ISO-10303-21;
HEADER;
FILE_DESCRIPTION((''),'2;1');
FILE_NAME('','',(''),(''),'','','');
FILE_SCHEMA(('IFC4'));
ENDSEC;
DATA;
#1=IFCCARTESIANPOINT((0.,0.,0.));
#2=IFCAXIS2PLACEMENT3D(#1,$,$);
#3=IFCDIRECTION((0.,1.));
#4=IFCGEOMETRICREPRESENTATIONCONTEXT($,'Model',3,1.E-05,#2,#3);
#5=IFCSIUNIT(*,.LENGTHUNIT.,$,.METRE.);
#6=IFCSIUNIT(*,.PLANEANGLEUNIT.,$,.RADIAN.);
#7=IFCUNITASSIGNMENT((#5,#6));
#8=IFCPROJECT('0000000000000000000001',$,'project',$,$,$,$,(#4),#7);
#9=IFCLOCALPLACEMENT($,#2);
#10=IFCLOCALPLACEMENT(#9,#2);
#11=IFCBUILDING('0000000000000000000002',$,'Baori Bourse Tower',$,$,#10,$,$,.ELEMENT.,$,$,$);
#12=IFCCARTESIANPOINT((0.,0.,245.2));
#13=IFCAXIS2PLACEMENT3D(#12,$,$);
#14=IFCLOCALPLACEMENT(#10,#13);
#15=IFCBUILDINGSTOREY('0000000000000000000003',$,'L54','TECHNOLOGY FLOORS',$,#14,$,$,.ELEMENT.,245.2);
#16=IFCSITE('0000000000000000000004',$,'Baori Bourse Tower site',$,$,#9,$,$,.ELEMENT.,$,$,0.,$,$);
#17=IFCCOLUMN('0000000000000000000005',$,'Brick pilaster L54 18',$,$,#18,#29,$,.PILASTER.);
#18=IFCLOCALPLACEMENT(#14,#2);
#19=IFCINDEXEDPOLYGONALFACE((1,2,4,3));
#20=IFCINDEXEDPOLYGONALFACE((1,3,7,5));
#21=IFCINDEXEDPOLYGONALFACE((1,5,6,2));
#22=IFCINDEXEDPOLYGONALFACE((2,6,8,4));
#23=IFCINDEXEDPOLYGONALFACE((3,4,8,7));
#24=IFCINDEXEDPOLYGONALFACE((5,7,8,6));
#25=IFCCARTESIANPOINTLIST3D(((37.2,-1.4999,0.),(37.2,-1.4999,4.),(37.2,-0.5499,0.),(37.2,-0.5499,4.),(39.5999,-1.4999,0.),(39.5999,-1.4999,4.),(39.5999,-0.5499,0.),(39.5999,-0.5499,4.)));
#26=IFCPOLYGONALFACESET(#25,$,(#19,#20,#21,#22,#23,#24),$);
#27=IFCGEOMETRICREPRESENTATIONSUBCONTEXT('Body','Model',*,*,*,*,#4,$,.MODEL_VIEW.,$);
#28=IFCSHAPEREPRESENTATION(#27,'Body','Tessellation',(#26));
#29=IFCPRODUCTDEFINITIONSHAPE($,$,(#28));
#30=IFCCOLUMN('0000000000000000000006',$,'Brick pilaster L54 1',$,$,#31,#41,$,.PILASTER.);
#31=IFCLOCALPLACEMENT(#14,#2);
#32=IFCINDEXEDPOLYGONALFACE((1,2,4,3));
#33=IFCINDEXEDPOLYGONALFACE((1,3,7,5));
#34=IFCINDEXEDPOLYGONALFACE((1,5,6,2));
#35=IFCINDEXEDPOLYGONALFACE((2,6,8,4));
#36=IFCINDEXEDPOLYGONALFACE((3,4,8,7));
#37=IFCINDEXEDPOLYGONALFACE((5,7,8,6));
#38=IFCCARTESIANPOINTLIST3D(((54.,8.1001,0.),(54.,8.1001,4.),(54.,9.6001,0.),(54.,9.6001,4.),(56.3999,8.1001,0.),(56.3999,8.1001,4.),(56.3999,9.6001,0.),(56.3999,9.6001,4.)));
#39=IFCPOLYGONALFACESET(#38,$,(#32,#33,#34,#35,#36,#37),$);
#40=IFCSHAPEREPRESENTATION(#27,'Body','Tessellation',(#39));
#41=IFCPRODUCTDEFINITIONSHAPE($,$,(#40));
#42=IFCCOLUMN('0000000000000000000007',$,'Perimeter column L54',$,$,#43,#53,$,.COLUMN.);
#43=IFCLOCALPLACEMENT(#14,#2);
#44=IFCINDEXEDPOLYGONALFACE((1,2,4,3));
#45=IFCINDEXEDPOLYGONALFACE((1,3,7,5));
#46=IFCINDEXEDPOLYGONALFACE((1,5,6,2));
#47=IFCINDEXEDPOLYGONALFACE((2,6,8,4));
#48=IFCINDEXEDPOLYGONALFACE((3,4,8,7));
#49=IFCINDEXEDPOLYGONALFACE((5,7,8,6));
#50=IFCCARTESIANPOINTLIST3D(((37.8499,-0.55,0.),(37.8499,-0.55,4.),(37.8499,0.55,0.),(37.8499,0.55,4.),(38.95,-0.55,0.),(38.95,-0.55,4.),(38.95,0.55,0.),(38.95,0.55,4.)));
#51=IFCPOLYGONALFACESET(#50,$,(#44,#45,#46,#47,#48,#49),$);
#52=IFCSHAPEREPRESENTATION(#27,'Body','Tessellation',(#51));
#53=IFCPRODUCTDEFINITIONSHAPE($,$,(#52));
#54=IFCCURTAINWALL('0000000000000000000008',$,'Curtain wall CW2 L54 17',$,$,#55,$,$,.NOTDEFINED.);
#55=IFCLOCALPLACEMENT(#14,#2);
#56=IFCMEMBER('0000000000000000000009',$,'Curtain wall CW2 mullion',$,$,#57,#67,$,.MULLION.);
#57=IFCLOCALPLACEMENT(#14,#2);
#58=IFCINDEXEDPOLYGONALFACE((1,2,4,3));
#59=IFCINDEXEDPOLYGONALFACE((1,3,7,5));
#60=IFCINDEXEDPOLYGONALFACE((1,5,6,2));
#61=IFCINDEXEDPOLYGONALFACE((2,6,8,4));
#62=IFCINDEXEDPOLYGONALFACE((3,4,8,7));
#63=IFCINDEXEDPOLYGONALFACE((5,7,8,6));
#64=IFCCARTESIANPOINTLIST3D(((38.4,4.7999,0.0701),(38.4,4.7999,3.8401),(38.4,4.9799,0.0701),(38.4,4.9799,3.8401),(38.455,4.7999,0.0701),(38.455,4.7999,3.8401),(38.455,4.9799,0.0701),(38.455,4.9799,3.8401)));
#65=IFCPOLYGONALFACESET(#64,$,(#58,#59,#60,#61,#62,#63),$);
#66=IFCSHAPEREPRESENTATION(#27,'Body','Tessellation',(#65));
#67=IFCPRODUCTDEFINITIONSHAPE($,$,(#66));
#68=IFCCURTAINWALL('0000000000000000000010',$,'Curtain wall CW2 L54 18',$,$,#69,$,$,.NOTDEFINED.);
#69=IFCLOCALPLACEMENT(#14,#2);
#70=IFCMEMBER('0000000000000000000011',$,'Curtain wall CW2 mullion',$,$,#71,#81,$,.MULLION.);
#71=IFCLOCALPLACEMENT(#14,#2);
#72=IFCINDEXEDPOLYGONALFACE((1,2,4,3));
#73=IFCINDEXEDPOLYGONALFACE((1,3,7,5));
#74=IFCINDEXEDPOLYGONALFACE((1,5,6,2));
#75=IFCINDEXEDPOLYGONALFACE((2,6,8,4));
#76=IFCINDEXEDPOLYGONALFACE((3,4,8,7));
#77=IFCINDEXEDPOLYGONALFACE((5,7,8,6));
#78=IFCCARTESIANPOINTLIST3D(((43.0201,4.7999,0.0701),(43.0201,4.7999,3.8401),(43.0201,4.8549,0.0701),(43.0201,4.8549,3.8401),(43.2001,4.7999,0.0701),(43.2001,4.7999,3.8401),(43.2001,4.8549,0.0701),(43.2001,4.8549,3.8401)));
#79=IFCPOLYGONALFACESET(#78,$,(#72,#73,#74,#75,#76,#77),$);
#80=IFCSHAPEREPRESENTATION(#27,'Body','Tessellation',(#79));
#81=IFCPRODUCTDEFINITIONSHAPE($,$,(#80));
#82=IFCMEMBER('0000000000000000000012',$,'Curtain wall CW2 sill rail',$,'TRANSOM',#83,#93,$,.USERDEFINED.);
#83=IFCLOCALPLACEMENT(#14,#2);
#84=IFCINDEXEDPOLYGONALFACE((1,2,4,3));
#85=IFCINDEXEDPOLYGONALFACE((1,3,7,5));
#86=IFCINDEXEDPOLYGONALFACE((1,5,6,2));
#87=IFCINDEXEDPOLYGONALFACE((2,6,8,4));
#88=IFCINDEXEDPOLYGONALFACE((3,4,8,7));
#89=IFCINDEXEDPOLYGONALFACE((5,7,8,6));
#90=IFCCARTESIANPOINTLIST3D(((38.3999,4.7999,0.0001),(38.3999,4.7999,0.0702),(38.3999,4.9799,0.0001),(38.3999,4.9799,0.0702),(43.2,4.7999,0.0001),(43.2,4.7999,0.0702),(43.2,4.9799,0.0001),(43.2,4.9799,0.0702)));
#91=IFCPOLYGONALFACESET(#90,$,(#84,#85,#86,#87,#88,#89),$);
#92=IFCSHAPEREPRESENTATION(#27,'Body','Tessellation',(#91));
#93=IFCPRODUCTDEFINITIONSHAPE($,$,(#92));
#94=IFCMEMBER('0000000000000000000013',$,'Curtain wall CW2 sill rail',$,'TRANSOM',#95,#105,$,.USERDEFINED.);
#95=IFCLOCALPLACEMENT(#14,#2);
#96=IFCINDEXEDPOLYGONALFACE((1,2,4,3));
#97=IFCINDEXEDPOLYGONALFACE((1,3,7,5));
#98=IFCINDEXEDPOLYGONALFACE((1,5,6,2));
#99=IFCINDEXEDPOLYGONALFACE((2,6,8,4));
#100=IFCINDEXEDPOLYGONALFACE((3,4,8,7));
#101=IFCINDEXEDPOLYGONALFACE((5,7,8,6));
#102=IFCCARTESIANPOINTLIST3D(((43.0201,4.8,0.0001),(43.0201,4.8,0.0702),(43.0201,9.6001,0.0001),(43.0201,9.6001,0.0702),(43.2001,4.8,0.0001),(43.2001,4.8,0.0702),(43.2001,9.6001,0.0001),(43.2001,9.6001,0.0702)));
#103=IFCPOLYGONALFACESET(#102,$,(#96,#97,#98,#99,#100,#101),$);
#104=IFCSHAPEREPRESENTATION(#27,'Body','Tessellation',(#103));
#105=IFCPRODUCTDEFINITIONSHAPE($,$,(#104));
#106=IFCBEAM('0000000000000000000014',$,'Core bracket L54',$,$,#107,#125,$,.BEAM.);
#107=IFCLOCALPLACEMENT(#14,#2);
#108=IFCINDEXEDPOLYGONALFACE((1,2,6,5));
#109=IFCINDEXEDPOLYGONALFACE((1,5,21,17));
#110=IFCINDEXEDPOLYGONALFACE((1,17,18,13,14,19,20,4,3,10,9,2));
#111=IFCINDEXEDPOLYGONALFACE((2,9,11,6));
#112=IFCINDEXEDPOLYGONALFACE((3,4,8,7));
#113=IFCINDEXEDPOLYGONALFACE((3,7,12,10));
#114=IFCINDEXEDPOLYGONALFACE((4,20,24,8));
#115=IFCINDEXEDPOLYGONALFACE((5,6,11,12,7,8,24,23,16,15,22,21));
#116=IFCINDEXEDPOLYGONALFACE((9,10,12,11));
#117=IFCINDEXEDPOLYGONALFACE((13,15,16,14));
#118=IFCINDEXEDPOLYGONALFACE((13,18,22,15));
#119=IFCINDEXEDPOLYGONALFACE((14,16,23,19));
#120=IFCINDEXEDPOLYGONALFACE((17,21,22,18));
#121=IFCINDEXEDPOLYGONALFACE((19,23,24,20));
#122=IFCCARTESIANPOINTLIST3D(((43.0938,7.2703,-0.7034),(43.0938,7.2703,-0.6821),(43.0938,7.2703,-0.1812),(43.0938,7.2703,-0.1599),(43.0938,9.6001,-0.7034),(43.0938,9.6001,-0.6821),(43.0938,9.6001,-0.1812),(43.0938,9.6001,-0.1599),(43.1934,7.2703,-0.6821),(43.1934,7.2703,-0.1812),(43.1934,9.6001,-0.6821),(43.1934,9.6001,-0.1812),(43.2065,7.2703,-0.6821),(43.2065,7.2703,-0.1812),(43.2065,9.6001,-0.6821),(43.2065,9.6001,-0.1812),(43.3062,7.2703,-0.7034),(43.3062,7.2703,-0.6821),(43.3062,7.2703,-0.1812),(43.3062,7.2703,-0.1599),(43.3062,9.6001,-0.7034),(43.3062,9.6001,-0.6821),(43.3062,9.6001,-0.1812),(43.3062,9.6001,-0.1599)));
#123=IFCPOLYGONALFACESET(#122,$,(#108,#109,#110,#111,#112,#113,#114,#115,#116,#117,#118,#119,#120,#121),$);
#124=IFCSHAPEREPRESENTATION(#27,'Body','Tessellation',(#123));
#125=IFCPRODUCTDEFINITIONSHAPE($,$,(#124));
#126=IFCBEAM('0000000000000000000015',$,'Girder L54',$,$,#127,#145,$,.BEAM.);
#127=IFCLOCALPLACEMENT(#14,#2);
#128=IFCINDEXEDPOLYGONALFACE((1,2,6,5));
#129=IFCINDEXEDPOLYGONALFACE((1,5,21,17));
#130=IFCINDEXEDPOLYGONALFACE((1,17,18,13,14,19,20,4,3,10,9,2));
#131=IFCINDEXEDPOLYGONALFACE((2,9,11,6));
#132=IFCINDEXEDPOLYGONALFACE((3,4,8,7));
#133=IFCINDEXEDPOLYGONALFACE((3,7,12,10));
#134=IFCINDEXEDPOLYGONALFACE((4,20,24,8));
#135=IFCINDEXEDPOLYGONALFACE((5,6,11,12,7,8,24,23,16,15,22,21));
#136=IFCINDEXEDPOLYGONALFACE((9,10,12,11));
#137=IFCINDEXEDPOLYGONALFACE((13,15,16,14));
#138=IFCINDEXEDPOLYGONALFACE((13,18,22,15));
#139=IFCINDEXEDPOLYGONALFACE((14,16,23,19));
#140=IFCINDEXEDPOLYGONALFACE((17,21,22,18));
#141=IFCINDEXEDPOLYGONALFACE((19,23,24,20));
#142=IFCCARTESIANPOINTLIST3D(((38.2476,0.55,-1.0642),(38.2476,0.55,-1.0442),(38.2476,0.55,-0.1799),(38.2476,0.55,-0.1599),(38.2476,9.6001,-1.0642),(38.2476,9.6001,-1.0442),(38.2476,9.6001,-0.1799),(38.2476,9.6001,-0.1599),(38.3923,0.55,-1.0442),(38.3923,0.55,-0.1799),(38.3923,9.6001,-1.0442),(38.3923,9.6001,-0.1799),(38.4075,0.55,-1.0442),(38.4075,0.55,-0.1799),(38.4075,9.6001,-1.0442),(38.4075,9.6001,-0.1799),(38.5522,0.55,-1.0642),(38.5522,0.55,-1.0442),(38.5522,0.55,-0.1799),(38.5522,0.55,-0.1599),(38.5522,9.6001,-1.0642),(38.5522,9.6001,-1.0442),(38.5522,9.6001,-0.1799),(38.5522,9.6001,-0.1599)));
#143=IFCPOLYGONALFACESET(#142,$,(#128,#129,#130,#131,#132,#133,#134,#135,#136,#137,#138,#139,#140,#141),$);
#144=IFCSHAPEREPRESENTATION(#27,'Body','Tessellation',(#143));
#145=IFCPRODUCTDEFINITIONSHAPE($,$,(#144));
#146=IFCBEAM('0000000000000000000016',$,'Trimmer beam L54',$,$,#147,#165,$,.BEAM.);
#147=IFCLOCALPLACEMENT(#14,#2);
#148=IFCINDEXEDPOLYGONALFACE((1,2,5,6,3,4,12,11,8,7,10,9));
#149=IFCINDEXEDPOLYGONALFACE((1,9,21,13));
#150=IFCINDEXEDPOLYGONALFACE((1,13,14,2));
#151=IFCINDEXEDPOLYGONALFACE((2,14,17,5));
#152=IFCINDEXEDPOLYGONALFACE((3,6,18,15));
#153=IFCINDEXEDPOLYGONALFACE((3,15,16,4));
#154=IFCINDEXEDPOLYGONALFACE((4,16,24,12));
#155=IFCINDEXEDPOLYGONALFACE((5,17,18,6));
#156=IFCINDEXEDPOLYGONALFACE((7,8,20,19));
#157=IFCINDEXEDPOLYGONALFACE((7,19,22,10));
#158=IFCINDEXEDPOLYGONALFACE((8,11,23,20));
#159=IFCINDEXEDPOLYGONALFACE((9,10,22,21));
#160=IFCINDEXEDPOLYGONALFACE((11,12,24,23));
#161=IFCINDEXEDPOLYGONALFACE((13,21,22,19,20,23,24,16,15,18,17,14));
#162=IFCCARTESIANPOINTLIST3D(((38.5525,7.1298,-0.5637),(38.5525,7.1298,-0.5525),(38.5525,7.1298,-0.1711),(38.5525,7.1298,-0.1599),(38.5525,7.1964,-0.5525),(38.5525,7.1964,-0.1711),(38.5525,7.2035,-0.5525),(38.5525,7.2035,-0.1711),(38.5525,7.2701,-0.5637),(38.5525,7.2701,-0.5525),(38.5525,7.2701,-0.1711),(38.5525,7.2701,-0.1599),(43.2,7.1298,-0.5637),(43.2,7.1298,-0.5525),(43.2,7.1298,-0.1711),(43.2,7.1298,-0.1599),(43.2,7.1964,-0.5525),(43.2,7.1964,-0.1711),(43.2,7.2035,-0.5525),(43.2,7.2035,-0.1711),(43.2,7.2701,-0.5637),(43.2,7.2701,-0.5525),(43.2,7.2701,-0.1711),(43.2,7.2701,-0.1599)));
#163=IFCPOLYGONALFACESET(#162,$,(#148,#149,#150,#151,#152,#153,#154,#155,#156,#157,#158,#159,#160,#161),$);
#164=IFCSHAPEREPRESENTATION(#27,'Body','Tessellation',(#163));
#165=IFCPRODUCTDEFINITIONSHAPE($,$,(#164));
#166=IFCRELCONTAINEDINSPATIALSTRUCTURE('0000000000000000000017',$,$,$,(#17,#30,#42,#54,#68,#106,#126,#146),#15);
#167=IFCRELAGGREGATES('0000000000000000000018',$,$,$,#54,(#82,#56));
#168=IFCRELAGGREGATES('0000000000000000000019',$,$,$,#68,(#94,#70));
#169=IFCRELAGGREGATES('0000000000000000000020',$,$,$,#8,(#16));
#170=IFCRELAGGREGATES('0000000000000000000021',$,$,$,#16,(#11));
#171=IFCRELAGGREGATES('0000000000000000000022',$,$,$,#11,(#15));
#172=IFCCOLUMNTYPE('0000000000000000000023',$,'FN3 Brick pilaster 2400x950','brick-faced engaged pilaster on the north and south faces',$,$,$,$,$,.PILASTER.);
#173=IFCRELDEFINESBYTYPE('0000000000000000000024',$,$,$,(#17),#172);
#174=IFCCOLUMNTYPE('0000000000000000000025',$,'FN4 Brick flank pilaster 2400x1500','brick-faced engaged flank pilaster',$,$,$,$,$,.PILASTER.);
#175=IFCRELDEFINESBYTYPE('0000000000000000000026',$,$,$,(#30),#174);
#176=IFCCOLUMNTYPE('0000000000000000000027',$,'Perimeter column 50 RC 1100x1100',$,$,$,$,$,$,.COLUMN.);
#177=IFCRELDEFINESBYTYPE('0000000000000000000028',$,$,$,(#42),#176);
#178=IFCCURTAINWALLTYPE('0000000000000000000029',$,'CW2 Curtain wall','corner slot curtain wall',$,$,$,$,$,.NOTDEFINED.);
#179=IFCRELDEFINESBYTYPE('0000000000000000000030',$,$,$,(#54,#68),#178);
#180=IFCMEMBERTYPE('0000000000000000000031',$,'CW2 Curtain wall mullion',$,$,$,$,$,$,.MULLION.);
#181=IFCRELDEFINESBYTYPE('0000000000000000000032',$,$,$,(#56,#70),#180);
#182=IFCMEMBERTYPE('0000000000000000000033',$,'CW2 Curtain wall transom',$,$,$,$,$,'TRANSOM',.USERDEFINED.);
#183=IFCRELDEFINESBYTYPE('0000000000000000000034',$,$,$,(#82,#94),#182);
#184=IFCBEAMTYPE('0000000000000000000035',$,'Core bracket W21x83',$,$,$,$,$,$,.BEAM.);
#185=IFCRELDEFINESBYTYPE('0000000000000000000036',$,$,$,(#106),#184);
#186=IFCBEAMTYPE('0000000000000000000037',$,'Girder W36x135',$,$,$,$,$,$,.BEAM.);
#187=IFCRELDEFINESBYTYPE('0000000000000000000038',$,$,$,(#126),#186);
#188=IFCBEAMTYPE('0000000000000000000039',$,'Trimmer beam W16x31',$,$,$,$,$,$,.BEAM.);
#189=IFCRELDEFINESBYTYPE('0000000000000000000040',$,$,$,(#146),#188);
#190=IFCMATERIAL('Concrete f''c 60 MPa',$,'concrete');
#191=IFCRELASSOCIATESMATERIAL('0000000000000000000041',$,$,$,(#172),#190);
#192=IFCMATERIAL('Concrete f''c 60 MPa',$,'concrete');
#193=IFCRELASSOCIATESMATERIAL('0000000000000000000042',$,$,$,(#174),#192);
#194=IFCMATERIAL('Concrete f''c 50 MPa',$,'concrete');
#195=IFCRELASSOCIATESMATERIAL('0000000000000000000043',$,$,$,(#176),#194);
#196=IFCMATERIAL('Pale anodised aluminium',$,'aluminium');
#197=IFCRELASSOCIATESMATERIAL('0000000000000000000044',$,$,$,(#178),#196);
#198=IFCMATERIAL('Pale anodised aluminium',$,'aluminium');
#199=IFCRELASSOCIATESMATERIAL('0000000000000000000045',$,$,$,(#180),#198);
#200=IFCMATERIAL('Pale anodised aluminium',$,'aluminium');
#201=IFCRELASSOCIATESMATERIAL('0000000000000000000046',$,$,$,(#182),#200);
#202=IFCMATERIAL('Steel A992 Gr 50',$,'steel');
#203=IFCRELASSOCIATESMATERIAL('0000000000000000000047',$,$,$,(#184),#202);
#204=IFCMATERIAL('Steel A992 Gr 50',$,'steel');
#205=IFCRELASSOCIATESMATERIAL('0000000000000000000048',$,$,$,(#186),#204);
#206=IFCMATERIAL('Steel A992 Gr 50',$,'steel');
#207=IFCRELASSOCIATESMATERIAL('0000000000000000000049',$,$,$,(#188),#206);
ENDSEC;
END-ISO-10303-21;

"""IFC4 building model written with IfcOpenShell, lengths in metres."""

from ifc_helpers import new_model, si_unit, direction, frame, origin, origin_2d, place, context, subcontext, project, spatial, rectangle, i_section, extrude, material, material_profile, profile_set, type_object, element, aggregate, save


model = new_model("IFC4")

# Units and contexts
model_context = context("Model", 3, precision=1e-05, world=origin(), true_north=direction((0.0, 1.0)))
body_context = subcontext(model_context, "Body", "Model", "MODEL_VIEW")
ifc_project = project(units=[si_unit("LENGTHUNIT", "METRE"), si_unit("PLANEANGLEUNIT", "RADIAN")], contexts=[model_context])

# Site, building, storey
site_placement = place(None, origin())
site = spatial("IfcSite", under=ifc_project, at=site_placement, Name="Baori Bourse Tower site", CompositionType="ELEMENT", RefElevation=0.0)
building_placement = place(site_placement, origin())
building = spatial("IfcBuilding", under=site, at=building_placement, Name="Baori Bourse Tower", CompositionType="ELEMENT")
storey_placement = place(building_placement, frame((0.0, 0.0, 245.2)))
storey = spatial("IfcBuildingStorey", under=building, at=storey_placement, Name="L54", Description="TECHNOLOGY FLOORS", CompositionType="ELEMENT", Elevation=245.2)

# Columns
ifc_material_1 = material(Name="Concrete f'c 60 MPa", Category="concrete")
ifc_material_profile_1 = material_profile(ifc_material_1, rectangle(XDim=2.3999, YDim=0.95, at=origin_2d()), Name="RC 2400x950")
ifc_profile_set_1 = profile_set([ifc_material_profile_1], Name="Concrete f'c 60 MPa")
column_type_1 = type_object("IfcColumnType", Name="FN3 Brick pilaster 2400x950", Description="brick-faced engaged pilaster on the north and south faces", PredefinedType="PILASTER", material=ifc_profile_set_1)
column_1_placement = place(storey_placement, frame((38.3999, -1.0249, 0.0), z_axis=(0.0, 0.0, 1.0), x_axis=(1.0, 0.0, 0.0)))
element("IfcColumn", 1, at=column_1_placement, inside=storey, type_object=column_type_1, Name="Brick pilaster L54 18", PredefinedType="PILASTER", context=body_context, shape_type="SweptSolid", body=[
    extrude(rectangle(XDim=2.3999, YDim=0.95, at=origin_2d()), origin(), (0.0, 0.0, 1.0), 4.0),
])
ifc_material_2 = material(Name="Concrete f'c 60 MPa", Category="concrete")
ifc_material_profile_2 = material_profile(ifc_material_2, rectangle(XDim=2.3999, YDim=1.5, at=origin_2d()), Name="RC 2400x1500")
ifc_profile_set_2 = profile_set([ifc_material_profile_2], Name="Concrete f'c 60 MPa")
column_type_2 = type_object("IfcColumnType", Name="FN4 Brick flank pilaster 2400x1500", Description="brick-faced engaged flank pilaster", PredefinedType="PILASTER", material=ifc_profile_set_2)
column_2_placement = place(storey_placement, frame((55.2, 8.8501, 0.0), z_axis=(0.0, 0.0, 1.0), x_axis=(1.0, 0.0, 0.0)))
element("IfcColumn", 2, at=column_2_placement, inside=storey, type_object=column_type_2, Name="Brick pilaster L54 1", PredefinedType="PILASTER", context=body_context, shape_type="SweptSolid", body=[
    extrude(rectangle(XDim=2.3999, YDim=1.5, at=origin_2d()), origin(), (0.0, 0.0, 1.0), 4.0),
])
ifc_material_3 = material(Name="Concrete f'c 50 MPa", Category="concrete")
ifc_material_profile_3 = material_profile(ifc_material_3, rectangle(XDim=1.1001, YDim=1.1001, at=origin_2d()), Name="RC 1100x1100")
ifc_profile_set_3 = profile_set([ifc_material_profile_3], Name="Concrete f'c 50 MPa")
column_type_3 = type_object("IfcColumnType", Name="Perimeter column 50 RC 1100x1100", PredefinedType="COLUMN", material=ifc_profile_set_3)
column_3_placement = place(storey_placement, frame((38.3999, 0.0, 0.0), z_axis=(0.0, 0.0, 1.0), x_axis=(1.0, 0.0, 0.0)))
element("IfcColumn", 3, at=column_3_placement, inside=storey, type_object=column_type_3, Name="Perimeter column L54", PredefinedType="COLUMN", context=body_context, shape_type="SweptSolid", body=[
    extrude(rectangle(XDim=1.1001, YDim=1.1001, at=origin_2d()), origin(), (0.0, 0.0, 1.0), 4.0),
])

# Curtain walls, members
ifc_material_4 = material(Name="Pale anodised aluminium", Category="aluminium")
curtain_wall_type = type_object("IfcCurtainWallType", Name="CW2 Curtain wall", Description="corner slot curtain wall", PredefinedType="NOTDEFINED", material=ifc_material_4)
curtain_wall_1_placement = place(storey_placement, origin())
curtain_wall_1 = element("IfcCurtainWall", 4, at=curtain_wall_1_placement, inside=storey, type_object=curtain_wall_type, Name="Curtain wall CW2 L54 17", PredefinedType="NOTDEFINED")
ifc_material_5 = material(Name="Pale anodised aluminium", Category="aluminium")
ifc_material_profile_4 = material_profile(ifc_material_5, rectangle(XDim=0.1799, YDim=0.0549, at=origin_2d()), Name="Mullion 55x180")
ifc_profile_set_4 = profile_set([ifc_material_profile_4], Name="Pale anodised aluminium")
member_type_1 = type_object("IfcMemberType", Name="CW2 Curtain wall mullion", PredefinedType="MULLION", material=ifc_profile_set_4)
member_1_placement = place(storey_placement, frame((38.4275, 4.8899, 0.0701), z_axis=(0.0, 0.0, 1.0), x_axis=(0.0, 1.0, 0.0)))
member_1 = element("IfcMember", 5, at=member_1_placement, type_object=member_type_1, Name="Curtain wall CW2 mullion", PredefinedType="MULLION", context=body_context, shape_type="SweptSolid", body=[
    extrude(rectangle(XDim=0.1799, YDim=0.0549, at=origin_2d()), origin(), (0.0, 0.0, 1.0), 3.77),
])
curtain_wall_2_placement = place(storey_placement, origin())
curtain_wall_2 = element("IfcCurtainWall", 6, at=curtain_wall_2_placement, inside=storey, type_object=curtain_wall_type, Name="Curtain wall CW2 L54 18", PredefinedType="NOTDEFINED")
member_2_placement = place(storey_placement, frame((43.1101, 4.8274, 0.0701), z_axis=(0.0, 0.0, 1.0), x_axis=(-1.0, 0.0, 0.0)))
member_2 = element("IfcMember", 7, at=member_2_placement, type_object=member_type_1, Name="Curtain wall CW2 mullion", PredefinedType="MULLION", context=body_context, shape_type="SweptSolid", body=[
    extrude(rectangle(XDim=0.1799, YDim=0.0549, at=origin_2d()), origin(), (0.0, 0.0, 1.0), 3.77),
])

# Members
ifc_material_6 = material(Name="Pale anodised aluminium", Category="aluminium")
ifc_material_profile_5 = material_profile(ifc_material_6, rectangle(XDim=0.1799, YDim=0.0701, at=origin_2d()), Name="Transom 70x180")
ifc_profile_set_5 = profile_set([ifc_material_profile_5], Name="Pale anodised aluminium")
member_type_2 = type_object("IfcMemberType", Name="CW2 Curtain wall transom", ElementType="TRANSOM", PredefinedType="USERDEFINED", material=ifc_profile_set_5)
member_3_placement = place(storey_placement, frame((38.3999, 4.8899, 0.0352), z_axis=(1.0, 0.0, 0.0), x_axis=(0.0, 1.0, 0.0)))
member_3 = element("IfcMember", 8, at=member_3_placement, type_object=member_type_2, Name="Curtain wall CW2 sill rail", ObjectType="TRANSOM", PredefinedType="USERDEFINED", context=body_context, shape_type="SweptSolid", body=[
    extrude(rectangle(XDim=0.1799, YDim=0.0701, at=origin_2d()), origin(), (0.0, 0.0, 1.0), 4.8),
])
member_4_placement = place(storey_placement, frame((43.1101, 4.8, 0.0352), z_axis=(0.0, 1.0, 0.0), x_axis=(-1.0, 0.0, 0.0)))
member_4 = element("IfcMember", 9, at=member_4_placement, type_object=member_type_2, Name="Curtain wall CW2 sill rail", ObjectType="TRANSOM", PredefinedType="USERDEFINED", context=body_context, shape_type="SweptSolid", body=[
    extrude(rectangle(XDim=0.1799, YDim=0.0701, at=origin_2d()), origin(), (0.0, 0.0, 1.0), 4.8),
])

# Beams
ifc_material_7 = material(Name="Steel A992 Gr 50", Category="steel")
ifc_material_profile_6 = material_profile(ifc_material_7, i_section(OverallWidth=0.2124, OverallDepth=0.5435, WebThickness=0.0132, FlangeThickness=0.0212, at=origin_2d()), Name="W21x83")
ifc_profile_set_6 = profile_set([ifc_material_profile_6], Name="Steel A992 Gr 50")
beam_type_1 = type_object("IfcBeamType", Name="Core bracket W21x83", PredefinedType="BEAM", material=ifc_profile_set_6)
beam_1_placement = place(storey_placement, frame((43.2, 7.2703, -0.4316), z_axis=(0.0, 1.0, 0.0), x_axis=(-1.0, 0.0, 0.0)))
element("IfcBeam", 10, at=beam_1_placement, inside=storey, type_object=beam_type_1, Name="Core bracket L54", PredefinedType="BEAM", context=body_context, shape_type="SweptSolid", body=[
    extrude(i_section(OverallWidth=0.2124, OverallDepth=0.5435, WebThickness=0.0132, FlangeThickness=0.0212, at=origin_2d()), origin(), (0.0, 0.0, 1.0), 2.3298),
])
ifc_material_8 = material(Name="Steel A992 Gr 50", Category="steel")
ifc_material_profile_7 = material_profile(ifc_material_8, i_section(OverallWidth=0.3047, OverallDepth=0.9043, WebThickness=0.0151, FlangeThickness=0.02, at=origin_2d()), Name="W36x135")
ifc_profile_set_7 = profile_set([ifc_material_profile_7], Name="Steel A992 Gr 50")
beam_type_2 = type_object("IfcBeamType", Name="Girder W36x135", PredefinedType="BEAM", material=ifc_profile_set_7)
beam_2_placement = place(storey_placement, frame((38.3999, 0.55, -0.6121), z_axis=(0.0, 1.0, 0.0), x_axis=(-1.0, 0.0, 0.0)))
element("IfcBeam", 11, at=beam_2_placement, inside=storey, type_object=beam_type_2, Name="Girder L54", PredefinedType="BEAM", context=body_context, shape_type="SweptSolid", body=[
    extrude(i_section(OverallWidth=0.3047, OverallDepth=0.9043, WebThickness=0.0151, FlangeThickness=0.02, at=origin_2d()), origin(), (0.0, 0.0, 1.0), 9.05),
])
ifc_material_9 = material(Name="Steel A992 Gr 50", Category="steel")
ifc_material_profile_8 = material_profile(ifc_material_9, i_section(OverallWidth=0.1404, OverallDepth=0.4038, WebThickness=0.0071, FlangeThickness=0.0112, at=origin_2d()), Name="W16x31")
ifc_profile_set_8 = profile_set([ifc_material_profile_8], Name="Steel A992 Gr 50")
beam_type_3 = type_object("IfcBeamType", Name="Trimmer beam W16x31", PredefinedType="BEAM", material=ifc_profile_set_8)
beam_3_placement = place(storey_placement, frame((38.5525, 7.2, -0.3618), z_axis=(1.0, 0.0, 0.0), x_axis=(0.0, 1.0, 0.0)))
element("IfcBeam", 12, at=beam_3_placement, inside=storey, type_object=beam_type_3, Name="Trimmer beam L54", PredefinedType="BEAM", context=body_context, shape_type="SweptSolid", body=[
    extrude(i_section(OverallWidth=0.1404, OverallDepth=0.4038, WebThickness=0.0071, FlangeThickness=0.0112, at=origin_2d()), origin(), (0.0, 0.0, 1.0), 4.6475),
])

aggregate(curtain_wall_1, [member_3, member_1])
aggregate(curtain_wall_2, [member_4, member_2])

save(model, "model.ifc")
